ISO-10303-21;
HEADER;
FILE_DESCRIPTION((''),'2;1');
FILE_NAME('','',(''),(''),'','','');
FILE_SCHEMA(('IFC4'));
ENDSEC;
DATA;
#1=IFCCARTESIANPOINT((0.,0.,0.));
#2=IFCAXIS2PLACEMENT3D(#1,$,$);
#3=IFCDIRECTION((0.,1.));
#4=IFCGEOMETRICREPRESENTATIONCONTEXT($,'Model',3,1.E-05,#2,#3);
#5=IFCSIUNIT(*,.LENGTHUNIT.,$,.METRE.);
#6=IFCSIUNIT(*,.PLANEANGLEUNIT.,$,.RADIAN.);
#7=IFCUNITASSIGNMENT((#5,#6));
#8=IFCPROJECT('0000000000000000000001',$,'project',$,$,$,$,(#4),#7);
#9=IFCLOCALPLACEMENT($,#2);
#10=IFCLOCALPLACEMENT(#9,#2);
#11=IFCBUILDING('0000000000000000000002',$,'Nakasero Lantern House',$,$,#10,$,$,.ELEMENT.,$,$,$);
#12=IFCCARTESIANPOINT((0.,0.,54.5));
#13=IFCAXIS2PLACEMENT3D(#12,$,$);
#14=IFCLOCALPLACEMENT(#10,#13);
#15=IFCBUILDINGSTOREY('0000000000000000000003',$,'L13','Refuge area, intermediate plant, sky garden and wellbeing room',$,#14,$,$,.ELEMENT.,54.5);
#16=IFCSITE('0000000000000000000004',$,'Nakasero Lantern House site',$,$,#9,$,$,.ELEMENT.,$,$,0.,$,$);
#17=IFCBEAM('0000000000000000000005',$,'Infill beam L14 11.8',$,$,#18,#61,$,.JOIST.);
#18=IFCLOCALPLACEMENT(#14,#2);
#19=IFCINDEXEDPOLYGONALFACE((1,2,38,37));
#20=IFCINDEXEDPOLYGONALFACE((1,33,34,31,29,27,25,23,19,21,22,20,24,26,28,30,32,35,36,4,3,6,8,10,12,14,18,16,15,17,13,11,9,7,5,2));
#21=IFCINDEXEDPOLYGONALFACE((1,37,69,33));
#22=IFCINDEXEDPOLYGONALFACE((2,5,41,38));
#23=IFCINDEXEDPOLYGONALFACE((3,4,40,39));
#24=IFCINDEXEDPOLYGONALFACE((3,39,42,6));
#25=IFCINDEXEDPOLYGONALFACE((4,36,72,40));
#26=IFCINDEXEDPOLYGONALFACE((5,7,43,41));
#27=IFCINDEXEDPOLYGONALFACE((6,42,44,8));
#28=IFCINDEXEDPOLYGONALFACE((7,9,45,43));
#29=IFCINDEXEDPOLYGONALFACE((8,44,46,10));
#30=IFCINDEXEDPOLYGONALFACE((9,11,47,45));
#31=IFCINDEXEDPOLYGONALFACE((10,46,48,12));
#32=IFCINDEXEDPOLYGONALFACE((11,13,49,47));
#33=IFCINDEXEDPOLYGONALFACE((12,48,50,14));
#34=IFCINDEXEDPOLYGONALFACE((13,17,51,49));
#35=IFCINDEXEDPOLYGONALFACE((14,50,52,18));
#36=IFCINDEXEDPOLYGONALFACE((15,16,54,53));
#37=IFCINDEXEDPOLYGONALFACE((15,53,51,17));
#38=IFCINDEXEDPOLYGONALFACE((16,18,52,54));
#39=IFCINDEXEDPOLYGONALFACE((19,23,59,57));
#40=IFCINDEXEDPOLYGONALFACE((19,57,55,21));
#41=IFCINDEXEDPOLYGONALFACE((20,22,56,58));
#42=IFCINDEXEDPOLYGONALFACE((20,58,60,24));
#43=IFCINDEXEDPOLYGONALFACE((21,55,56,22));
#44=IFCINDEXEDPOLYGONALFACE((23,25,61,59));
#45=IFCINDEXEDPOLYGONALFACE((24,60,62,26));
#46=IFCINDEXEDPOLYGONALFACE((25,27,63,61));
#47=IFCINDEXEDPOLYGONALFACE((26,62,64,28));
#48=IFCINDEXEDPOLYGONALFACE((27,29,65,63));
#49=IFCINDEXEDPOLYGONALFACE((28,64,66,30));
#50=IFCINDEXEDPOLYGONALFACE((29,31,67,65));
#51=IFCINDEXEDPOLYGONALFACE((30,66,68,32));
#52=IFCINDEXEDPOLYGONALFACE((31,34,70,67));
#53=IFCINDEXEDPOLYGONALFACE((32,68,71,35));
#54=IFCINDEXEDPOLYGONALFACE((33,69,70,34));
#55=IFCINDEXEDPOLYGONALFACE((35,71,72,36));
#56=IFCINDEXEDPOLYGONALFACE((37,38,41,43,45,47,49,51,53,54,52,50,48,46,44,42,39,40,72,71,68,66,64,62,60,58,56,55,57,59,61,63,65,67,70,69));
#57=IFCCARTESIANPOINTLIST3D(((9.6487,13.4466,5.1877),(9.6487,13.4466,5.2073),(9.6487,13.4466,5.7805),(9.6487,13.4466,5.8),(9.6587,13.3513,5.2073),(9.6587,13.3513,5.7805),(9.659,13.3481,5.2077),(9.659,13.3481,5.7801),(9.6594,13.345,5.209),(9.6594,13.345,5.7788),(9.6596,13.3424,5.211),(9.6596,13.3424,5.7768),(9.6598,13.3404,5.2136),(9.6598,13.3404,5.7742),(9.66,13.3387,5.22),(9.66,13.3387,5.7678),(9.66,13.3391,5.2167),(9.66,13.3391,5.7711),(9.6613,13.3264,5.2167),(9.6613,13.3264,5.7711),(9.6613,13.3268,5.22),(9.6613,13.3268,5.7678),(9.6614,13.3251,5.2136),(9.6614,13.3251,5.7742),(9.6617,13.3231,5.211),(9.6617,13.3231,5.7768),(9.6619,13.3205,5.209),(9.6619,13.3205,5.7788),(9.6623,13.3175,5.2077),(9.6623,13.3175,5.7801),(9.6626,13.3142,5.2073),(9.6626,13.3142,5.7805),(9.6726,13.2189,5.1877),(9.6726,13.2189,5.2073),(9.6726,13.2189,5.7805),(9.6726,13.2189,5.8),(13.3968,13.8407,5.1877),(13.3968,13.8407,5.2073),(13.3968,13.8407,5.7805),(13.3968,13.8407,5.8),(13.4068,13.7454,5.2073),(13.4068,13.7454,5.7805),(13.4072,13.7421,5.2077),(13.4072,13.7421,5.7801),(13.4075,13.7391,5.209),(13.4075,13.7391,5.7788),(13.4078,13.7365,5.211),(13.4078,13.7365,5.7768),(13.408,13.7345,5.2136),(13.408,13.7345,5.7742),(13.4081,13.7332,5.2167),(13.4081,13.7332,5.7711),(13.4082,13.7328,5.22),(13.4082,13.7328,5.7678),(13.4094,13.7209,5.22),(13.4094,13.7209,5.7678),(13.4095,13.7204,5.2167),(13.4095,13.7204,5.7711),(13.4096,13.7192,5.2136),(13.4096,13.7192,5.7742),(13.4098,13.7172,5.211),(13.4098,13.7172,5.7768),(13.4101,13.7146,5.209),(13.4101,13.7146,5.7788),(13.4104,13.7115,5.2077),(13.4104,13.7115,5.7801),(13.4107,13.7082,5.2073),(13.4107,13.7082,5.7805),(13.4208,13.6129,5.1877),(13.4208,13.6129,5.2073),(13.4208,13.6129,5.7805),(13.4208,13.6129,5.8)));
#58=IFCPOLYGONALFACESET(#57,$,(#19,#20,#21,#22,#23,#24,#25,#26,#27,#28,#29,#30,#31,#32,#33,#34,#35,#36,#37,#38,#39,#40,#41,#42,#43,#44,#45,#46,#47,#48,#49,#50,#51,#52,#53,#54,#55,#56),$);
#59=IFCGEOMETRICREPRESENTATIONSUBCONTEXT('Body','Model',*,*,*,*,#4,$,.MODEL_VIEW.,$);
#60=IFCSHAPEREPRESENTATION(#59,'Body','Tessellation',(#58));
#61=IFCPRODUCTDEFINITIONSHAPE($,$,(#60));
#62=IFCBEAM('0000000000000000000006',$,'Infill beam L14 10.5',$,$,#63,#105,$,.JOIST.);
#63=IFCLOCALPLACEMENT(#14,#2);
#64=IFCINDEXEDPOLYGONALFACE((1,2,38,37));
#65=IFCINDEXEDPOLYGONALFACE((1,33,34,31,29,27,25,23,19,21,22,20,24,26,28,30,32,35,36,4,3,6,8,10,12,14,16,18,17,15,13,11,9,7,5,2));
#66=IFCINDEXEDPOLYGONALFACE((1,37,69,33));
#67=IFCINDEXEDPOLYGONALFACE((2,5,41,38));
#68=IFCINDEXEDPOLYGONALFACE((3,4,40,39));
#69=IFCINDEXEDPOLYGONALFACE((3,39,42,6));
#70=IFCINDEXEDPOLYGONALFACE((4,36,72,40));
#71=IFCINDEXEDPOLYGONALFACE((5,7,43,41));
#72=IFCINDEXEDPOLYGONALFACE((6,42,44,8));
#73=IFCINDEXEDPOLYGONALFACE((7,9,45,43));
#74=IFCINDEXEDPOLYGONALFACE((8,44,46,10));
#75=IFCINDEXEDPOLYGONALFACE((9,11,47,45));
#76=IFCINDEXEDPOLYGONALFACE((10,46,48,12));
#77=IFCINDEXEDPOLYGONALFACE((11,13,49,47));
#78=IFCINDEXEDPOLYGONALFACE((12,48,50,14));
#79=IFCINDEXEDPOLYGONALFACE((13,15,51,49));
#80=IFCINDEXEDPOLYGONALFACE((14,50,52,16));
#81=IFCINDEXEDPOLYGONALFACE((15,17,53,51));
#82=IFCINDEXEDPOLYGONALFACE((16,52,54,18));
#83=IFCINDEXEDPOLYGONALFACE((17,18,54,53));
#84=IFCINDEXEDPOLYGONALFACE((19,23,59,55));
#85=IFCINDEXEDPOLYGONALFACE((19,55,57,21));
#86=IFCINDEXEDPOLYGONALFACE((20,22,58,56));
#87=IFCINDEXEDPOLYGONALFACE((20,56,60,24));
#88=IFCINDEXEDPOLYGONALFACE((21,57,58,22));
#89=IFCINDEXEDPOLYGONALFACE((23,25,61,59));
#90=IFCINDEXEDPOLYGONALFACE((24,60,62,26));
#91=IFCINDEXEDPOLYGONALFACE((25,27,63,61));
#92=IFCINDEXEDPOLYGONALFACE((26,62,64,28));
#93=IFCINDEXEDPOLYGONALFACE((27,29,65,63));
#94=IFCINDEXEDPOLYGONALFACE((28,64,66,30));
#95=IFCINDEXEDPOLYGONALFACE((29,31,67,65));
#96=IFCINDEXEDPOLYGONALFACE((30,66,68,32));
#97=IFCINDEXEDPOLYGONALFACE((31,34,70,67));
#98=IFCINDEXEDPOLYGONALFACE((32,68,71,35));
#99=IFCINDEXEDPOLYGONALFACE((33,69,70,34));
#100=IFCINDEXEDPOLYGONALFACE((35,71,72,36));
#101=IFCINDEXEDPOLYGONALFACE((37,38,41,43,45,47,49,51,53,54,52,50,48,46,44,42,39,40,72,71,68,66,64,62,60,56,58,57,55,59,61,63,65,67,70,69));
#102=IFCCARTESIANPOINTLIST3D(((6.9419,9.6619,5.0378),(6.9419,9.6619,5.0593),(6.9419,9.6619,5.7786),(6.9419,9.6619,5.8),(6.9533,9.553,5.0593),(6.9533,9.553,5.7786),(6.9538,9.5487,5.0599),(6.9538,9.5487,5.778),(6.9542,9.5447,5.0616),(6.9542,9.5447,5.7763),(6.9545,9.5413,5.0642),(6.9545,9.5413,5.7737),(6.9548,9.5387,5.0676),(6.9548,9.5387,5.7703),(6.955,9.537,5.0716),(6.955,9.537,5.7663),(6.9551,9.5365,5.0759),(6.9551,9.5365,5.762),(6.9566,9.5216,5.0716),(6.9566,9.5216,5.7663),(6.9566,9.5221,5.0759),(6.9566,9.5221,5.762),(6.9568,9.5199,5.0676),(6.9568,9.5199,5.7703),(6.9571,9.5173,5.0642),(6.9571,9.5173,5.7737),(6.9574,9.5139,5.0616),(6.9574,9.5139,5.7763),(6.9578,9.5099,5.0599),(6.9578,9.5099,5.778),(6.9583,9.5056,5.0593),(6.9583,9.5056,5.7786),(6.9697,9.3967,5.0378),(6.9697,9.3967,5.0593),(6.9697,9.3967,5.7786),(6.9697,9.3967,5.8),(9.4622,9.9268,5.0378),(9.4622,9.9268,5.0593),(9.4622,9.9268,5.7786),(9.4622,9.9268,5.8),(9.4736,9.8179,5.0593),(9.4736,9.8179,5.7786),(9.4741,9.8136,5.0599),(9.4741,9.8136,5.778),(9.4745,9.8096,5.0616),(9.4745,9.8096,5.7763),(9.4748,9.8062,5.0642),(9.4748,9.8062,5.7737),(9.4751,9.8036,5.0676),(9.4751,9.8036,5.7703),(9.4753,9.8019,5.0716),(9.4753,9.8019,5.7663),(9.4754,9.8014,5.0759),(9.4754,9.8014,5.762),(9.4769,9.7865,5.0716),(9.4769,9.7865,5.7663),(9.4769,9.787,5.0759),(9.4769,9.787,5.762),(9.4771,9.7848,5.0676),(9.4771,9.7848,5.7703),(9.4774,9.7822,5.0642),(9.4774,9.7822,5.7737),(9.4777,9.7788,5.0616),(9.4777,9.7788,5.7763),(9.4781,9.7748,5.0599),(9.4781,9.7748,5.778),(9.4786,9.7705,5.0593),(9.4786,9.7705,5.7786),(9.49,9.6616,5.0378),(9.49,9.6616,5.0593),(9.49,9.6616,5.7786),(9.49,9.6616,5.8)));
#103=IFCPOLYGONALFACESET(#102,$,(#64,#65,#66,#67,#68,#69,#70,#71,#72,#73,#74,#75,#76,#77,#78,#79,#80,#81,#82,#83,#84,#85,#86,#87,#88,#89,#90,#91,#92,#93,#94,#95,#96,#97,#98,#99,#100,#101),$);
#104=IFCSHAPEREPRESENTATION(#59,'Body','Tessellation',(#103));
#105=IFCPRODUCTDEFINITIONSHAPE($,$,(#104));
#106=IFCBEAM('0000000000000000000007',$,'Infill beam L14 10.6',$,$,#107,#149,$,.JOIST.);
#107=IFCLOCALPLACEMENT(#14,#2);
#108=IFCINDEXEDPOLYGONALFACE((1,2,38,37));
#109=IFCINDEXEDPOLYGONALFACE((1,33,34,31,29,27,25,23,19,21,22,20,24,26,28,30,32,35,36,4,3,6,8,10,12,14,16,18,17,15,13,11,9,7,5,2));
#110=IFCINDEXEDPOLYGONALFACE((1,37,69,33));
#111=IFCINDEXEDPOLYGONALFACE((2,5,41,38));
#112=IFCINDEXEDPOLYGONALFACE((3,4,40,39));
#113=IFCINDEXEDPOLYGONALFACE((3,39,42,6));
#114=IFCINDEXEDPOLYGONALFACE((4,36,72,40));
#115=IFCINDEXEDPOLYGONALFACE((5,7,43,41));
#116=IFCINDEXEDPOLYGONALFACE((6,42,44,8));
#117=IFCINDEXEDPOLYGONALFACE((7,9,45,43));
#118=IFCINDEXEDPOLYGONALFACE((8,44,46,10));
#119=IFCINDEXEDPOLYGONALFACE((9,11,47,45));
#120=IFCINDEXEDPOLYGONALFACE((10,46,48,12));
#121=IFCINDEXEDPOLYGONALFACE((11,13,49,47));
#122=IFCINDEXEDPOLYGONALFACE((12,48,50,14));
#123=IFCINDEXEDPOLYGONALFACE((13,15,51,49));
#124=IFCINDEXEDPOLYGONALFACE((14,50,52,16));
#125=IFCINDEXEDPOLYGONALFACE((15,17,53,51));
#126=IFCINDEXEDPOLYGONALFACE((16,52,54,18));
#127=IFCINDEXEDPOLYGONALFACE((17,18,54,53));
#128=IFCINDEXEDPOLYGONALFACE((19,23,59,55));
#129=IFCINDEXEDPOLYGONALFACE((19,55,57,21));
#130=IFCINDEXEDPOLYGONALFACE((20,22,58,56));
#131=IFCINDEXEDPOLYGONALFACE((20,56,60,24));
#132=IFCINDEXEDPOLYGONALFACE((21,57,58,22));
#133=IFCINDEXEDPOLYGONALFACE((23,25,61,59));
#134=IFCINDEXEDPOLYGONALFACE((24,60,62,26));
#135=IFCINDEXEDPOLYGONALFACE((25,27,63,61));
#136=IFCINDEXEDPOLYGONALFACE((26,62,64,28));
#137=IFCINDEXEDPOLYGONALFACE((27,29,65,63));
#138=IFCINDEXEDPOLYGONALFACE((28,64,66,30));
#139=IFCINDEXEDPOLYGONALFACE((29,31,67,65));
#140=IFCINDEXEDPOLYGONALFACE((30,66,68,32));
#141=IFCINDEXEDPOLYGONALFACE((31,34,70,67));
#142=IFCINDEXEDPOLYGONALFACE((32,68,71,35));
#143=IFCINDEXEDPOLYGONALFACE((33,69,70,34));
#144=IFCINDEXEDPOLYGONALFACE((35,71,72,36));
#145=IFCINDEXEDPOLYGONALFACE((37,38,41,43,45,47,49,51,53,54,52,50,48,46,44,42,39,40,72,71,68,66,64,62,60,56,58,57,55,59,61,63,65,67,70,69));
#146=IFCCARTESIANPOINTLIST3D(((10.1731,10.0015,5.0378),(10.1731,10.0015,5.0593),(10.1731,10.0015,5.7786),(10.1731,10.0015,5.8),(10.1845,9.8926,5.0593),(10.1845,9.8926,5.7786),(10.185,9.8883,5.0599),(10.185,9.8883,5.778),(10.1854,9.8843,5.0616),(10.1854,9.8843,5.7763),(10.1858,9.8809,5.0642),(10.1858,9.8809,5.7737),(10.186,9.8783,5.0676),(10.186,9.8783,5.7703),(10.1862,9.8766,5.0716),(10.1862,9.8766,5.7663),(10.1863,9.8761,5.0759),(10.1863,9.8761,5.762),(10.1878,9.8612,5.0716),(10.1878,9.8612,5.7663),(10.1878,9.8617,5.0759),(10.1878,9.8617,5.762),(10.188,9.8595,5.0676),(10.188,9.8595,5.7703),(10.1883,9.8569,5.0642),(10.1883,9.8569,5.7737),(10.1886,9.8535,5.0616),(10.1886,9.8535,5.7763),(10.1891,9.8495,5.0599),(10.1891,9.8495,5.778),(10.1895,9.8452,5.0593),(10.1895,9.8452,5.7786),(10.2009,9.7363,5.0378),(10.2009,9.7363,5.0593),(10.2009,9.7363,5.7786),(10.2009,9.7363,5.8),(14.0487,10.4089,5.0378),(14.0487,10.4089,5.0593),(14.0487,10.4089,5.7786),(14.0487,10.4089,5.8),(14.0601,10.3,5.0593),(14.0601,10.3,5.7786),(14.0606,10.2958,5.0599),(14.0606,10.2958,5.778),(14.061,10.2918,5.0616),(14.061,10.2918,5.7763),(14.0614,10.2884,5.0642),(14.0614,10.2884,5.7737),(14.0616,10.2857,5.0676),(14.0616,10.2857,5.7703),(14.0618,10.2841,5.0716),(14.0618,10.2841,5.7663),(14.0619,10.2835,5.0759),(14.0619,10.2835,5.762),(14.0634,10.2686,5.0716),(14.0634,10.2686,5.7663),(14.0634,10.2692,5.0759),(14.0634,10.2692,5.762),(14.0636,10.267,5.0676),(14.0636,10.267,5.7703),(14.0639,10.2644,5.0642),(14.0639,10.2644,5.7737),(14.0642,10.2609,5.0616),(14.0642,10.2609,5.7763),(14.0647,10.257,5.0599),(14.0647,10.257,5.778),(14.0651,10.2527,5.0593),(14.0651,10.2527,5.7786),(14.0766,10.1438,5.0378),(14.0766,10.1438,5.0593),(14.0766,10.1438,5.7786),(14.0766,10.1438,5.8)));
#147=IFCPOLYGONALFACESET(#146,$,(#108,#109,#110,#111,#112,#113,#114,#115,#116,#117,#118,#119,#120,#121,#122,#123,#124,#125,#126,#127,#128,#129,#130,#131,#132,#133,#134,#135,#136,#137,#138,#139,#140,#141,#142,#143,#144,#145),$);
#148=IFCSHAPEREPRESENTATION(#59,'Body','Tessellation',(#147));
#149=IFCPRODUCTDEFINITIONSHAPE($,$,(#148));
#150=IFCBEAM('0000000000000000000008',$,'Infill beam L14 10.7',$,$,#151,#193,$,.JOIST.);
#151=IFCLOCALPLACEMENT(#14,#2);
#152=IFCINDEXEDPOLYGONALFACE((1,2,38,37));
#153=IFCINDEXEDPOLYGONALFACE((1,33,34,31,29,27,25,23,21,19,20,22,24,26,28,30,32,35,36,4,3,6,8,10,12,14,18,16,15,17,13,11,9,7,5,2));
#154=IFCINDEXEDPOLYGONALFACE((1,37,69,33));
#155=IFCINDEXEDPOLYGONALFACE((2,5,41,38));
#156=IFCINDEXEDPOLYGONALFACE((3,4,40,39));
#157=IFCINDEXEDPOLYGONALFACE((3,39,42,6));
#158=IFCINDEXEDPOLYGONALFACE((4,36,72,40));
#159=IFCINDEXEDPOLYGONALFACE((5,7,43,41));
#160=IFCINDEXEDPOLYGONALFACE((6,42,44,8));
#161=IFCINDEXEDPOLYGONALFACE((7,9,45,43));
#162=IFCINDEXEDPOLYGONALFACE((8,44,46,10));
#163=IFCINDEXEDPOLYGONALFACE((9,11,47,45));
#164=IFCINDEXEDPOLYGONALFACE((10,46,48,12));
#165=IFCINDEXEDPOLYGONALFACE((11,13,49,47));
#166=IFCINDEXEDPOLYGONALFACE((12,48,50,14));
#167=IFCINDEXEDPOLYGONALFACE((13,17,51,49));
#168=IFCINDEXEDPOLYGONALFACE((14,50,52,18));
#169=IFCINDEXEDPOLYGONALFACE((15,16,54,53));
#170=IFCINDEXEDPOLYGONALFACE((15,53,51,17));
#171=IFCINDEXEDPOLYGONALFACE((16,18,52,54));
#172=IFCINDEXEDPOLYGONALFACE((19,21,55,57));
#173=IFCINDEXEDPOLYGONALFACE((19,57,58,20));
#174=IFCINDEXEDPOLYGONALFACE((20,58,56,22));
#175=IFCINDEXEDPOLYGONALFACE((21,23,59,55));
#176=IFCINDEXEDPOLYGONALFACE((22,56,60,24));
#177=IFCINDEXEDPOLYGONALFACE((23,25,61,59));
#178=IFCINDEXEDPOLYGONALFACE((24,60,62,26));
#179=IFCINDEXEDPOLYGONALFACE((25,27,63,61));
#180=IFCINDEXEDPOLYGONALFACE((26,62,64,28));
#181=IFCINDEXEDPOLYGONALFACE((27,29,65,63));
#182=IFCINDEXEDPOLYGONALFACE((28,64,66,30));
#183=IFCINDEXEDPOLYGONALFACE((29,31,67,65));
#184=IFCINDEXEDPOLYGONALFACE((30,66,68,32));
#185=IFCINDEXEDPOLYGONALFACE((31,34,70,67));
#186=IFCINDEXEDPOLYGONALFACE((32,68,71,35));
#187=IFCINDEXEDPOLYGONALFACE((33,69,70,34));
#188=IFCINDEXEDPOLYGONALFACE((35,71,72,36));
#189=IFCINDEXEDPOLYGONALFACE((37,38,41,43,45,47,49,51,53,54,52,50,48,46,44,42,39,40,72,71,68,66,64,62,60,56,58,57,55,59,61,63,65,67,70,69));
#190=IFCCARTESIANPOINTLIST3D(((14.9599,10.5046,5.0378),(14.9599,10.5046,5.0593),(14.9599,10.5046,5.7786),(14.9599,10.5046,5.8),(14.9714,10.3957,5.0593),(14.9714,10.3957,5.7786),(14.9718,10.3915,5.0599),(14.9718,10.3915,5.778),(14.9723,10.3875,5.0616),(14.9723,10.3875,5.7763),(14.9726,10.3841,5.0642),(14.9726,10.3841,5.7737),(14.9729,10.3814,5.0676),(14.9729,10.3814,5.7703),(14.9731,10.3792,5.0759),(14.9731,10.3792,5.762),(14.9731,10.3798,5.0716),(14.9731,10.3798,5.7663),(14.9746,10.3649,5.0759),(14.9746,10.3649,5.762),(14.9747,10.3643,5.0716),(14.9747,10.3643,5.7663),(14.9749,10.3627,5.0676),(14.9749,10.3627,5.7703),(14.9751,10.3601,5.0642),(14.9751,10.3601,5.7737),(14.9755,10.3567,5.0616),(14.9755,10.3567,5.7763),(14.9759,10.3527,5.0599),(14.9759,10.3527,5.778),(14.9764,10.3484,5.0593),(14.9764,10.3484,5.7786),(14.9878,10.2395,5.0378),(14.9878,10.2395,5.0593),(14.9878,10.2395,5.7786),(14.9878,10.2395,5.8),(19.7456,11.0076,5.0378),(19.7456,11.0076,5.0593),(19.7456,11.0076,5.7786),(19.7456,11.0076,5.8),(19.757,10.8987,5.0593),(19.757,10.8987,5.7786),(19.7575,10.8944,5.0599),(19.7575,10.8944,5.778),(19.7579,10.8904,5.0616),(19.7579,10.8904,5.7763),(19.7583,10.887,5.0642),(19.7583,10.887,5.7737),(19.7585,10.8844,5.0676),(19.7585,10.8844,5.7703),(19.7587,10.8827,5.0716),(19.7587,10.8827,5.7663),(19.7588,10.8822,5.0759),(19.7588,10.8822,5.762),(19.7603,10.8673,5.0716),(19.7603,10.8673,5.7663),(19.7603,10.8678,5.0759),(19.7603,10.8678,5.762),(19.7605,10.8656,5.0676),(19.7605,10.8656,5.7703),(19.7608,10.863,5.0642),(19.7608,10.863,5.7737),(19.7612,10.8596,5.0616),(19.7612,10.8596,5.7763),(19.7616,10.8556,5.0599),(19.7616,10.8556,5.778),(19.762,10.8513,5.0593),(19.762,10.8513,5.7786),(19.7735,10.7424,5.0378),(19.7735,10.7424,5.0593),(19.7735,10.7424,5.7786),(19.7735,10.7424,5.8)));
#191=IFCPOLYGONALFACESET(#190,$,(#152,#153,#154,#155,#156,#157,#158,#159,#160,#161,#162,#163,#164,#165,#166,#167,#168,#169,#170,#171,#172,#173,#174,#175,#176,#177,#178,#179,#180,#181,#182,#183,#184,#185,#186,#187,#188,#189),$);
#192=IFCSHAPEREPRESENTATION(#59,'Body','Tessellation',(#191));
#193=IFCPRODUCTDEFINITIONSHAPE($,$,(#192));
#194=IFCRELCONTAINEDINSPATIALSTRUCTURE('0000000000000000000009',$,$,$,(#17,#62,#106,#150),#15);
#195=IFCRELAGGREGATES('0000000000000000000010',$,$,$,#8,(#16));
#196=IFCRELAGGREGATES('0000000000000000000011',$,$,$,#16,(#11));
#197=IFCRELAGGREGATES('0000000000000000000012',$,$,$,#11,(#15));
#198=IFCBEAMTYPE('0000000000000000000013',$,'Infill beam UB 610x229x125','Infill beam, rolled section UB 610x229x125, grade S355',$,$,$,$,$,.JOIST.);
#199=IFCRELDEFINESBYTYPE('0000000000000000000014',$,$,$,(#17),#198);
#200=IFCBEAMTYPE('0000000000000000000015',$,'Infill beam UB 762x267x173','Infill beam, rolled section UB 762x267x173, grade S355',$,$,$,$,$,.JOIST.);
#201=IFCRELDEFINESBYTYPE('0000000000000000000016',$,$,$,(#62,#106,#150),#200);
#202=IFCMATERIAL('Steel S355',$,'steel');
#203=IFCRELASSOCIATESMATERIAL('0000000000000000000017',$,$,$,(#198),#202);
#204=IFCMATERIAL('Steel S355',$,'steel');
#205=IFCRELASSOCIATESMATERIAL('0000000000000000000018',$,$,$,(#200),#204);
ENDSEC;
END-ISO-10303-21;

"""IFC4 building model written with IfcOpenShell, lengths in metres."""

from ifc_helpers import new_model, si_unit, direction, frame, origin, origin_2d, place, context, subcontext, project, spatial, i_section, extrude, material, material_profile, profile_set, type_object, element, save


model = new_model("IFC4")

# Units and contexts
model_context = context("Model", 3, precision=1e-05, world=origin(), true_north=direction((0.0, 1.0)))
body_context = subcontext(model_context, "Body", "Model", "MODEL_VIEW")
ifc_project = project(units=[si_unit("LENGTHUNIT", "METRE"), si_unit("PLANEANGLEUNIT", "RADIAN")], contexts=[model_context])

# Site, building, storey
site_placement = place(None, origin())
site = spatial("IfcSite", under=ifc_project, at=site_placement, Name="Nakasero Lantern House site", CompositionType="ELEMENT", RefElevation=0.0)
building_placement = place(site_placement, origin())
building = spatial("IfcBuilding", under=site, at=building_placement, Name="Nakasero Lantern House", CompositionType="ELEMENT")
storey_placement = place(building_placement, frame((0.0, 0.0, 54.5)))
storey = spatial("IfcBuildingStorey", under=building, at=storey_placement, Name="L13", Description="Refuge area, intermediate plant, sky garden and wellbeing room", CompositionType="ELEMENT", Elevation=54.5)

# Beams
ifc_material_1 = material(Name="Steel S355", Category="steel")
ifc_material_profile_1 = material_profile(ifc_material_1, i_section(OverallWidth=0.229, OverallDepth=0.6123, WebThickness=0.012, FlangeThickness=0.0195, FilletRadius=0.0127, at=origin_2d()), Name="UB 610x229x125")
ifc_profile_set_1 = profile_set([ifc_material_profile_1], Name="Steel S355")
beam_type_1 = type_object("IfcBeamType", Name="Infill beam UB 610x229x125", Description="Infill beam, rolled section UB 610x229x125, grade S355", PredefinedType="JOIST", material=ifc_profile_set_1)
beam_1_placement = place(storey_placement, frame((9.6606, 13.3328, 5.4939), z_axis=(0.994519, 0.104557, 0.0), x_axis=(-0.104557, 0.994519, 0.0)))
element("IfcBeam", 1, at=beam_1_placement, inside=storey, type_object=beam_type_1, Name="Infill beam L14 11.8", PredefinedType="JOIST", context=body_context, shape_type="SweptSolid", body=[
    extrude(i_section(OverallWidth=0.229, OverallDepth=0.6123, WebThickness=0.012, FlangeThickness=0.0195, FilletRadius=0.0127, at=origin_2d()), origin(), (0.0, 0.0, 1.0), 3.7688),
])
ifc_material_2 = material(Name="Steel S355", Category="steel")
ifc_material_profile_2 = material_profile(ifc_material_2, i_section(OverallWidth=0.2666, OverallDepth=0.7622, WebThickness=0.0144, FlangeThickness=0.0215, FilletRadius=0.0166, at=origin_2d()), Name="UB 762x267x173")
ifc_profile_set_2 = profile_set([ifc_material_profile_2], Name="Steel S355")
beam_type_2 = type_object("IfcBeamType", Name="Infill beam UB 762x267x173", Description="Infill beam, rolled section UB 762x267x173, grade S355", PredefinedType="JOIST", material=ifc_profile_set_2)
beam_2_placement = place(storey_placement, frame((6.9558, 9.5293, 5.4189), z_axis=(0.994522, 0.104529, 0.0), x_axis=(-0.104529, 0.994522, 0.0)))
element("IfcBeam", 2, at=beam_2_placement, inside=storey, type_object=beam_type_2, Name="Infill beam L14 10.5", PredefinedType="JOIST", context=body_context, shape_type="SweptSolid", body=[
    extrude(i_section(OverallWidth=0.2666, OverallDepth=0.7622, WebThickness=0.0144, FlangeThickness=0.0215, FilletRadius=0.0166, at=origin_2d()), origin(), (0.0, 0.0, 1.0), 2.5342),
])
beam_3_placement = place(storey_placement, frame((10.187, 9.8689, 5.4189), z_axis=(0.994519, 0.104558, 0.0), x_axis=(-0.104558, 0.994519, 0.0)))
element("IfcBeam", 3, at=beam_3_placement, inside=storey, type_object=beam_type_2, Name="Infill beam L14 10.6", PredefinedType="JOIST", context=body_context, shape_type="SweptSolid", body=[
    extrude(i_section(OverallWidth=0.2666, OverallDepth=0.7622, WebThickness=0.0144, FlangeThickness=0.0215, FilletRadius=0.0166, at=origin_2d()), origin(), (0.0, 0.0, 1.0), 3.897),
])
beam_4_placement = place(storey_placement, frame((14.9739, 10.3721, 5.4189), z_axis=(0.994523, 0.104516, 0.0), x_axis=(-0.104516, 0.994523, 0.0)))
element("IfcBeam", 4, at=beam_4_placement, inside=storey, type_object=beam_type_2, Name="Infill beam L14 10.7", PredefinedType="JOIST", context=body_context, shape_type="SweptSolid", body=[
    extrude(i_section(OverallWidth=0.2666, OverallDepth=0.7622, WebThickness=0.0144, FlangeThickness=0.0215, FilletRadius=0.0166, at=origin_2d()), origin(), (0.0, 0.0, 1.0), 4.812),
])

save(model, "model.ifc")
